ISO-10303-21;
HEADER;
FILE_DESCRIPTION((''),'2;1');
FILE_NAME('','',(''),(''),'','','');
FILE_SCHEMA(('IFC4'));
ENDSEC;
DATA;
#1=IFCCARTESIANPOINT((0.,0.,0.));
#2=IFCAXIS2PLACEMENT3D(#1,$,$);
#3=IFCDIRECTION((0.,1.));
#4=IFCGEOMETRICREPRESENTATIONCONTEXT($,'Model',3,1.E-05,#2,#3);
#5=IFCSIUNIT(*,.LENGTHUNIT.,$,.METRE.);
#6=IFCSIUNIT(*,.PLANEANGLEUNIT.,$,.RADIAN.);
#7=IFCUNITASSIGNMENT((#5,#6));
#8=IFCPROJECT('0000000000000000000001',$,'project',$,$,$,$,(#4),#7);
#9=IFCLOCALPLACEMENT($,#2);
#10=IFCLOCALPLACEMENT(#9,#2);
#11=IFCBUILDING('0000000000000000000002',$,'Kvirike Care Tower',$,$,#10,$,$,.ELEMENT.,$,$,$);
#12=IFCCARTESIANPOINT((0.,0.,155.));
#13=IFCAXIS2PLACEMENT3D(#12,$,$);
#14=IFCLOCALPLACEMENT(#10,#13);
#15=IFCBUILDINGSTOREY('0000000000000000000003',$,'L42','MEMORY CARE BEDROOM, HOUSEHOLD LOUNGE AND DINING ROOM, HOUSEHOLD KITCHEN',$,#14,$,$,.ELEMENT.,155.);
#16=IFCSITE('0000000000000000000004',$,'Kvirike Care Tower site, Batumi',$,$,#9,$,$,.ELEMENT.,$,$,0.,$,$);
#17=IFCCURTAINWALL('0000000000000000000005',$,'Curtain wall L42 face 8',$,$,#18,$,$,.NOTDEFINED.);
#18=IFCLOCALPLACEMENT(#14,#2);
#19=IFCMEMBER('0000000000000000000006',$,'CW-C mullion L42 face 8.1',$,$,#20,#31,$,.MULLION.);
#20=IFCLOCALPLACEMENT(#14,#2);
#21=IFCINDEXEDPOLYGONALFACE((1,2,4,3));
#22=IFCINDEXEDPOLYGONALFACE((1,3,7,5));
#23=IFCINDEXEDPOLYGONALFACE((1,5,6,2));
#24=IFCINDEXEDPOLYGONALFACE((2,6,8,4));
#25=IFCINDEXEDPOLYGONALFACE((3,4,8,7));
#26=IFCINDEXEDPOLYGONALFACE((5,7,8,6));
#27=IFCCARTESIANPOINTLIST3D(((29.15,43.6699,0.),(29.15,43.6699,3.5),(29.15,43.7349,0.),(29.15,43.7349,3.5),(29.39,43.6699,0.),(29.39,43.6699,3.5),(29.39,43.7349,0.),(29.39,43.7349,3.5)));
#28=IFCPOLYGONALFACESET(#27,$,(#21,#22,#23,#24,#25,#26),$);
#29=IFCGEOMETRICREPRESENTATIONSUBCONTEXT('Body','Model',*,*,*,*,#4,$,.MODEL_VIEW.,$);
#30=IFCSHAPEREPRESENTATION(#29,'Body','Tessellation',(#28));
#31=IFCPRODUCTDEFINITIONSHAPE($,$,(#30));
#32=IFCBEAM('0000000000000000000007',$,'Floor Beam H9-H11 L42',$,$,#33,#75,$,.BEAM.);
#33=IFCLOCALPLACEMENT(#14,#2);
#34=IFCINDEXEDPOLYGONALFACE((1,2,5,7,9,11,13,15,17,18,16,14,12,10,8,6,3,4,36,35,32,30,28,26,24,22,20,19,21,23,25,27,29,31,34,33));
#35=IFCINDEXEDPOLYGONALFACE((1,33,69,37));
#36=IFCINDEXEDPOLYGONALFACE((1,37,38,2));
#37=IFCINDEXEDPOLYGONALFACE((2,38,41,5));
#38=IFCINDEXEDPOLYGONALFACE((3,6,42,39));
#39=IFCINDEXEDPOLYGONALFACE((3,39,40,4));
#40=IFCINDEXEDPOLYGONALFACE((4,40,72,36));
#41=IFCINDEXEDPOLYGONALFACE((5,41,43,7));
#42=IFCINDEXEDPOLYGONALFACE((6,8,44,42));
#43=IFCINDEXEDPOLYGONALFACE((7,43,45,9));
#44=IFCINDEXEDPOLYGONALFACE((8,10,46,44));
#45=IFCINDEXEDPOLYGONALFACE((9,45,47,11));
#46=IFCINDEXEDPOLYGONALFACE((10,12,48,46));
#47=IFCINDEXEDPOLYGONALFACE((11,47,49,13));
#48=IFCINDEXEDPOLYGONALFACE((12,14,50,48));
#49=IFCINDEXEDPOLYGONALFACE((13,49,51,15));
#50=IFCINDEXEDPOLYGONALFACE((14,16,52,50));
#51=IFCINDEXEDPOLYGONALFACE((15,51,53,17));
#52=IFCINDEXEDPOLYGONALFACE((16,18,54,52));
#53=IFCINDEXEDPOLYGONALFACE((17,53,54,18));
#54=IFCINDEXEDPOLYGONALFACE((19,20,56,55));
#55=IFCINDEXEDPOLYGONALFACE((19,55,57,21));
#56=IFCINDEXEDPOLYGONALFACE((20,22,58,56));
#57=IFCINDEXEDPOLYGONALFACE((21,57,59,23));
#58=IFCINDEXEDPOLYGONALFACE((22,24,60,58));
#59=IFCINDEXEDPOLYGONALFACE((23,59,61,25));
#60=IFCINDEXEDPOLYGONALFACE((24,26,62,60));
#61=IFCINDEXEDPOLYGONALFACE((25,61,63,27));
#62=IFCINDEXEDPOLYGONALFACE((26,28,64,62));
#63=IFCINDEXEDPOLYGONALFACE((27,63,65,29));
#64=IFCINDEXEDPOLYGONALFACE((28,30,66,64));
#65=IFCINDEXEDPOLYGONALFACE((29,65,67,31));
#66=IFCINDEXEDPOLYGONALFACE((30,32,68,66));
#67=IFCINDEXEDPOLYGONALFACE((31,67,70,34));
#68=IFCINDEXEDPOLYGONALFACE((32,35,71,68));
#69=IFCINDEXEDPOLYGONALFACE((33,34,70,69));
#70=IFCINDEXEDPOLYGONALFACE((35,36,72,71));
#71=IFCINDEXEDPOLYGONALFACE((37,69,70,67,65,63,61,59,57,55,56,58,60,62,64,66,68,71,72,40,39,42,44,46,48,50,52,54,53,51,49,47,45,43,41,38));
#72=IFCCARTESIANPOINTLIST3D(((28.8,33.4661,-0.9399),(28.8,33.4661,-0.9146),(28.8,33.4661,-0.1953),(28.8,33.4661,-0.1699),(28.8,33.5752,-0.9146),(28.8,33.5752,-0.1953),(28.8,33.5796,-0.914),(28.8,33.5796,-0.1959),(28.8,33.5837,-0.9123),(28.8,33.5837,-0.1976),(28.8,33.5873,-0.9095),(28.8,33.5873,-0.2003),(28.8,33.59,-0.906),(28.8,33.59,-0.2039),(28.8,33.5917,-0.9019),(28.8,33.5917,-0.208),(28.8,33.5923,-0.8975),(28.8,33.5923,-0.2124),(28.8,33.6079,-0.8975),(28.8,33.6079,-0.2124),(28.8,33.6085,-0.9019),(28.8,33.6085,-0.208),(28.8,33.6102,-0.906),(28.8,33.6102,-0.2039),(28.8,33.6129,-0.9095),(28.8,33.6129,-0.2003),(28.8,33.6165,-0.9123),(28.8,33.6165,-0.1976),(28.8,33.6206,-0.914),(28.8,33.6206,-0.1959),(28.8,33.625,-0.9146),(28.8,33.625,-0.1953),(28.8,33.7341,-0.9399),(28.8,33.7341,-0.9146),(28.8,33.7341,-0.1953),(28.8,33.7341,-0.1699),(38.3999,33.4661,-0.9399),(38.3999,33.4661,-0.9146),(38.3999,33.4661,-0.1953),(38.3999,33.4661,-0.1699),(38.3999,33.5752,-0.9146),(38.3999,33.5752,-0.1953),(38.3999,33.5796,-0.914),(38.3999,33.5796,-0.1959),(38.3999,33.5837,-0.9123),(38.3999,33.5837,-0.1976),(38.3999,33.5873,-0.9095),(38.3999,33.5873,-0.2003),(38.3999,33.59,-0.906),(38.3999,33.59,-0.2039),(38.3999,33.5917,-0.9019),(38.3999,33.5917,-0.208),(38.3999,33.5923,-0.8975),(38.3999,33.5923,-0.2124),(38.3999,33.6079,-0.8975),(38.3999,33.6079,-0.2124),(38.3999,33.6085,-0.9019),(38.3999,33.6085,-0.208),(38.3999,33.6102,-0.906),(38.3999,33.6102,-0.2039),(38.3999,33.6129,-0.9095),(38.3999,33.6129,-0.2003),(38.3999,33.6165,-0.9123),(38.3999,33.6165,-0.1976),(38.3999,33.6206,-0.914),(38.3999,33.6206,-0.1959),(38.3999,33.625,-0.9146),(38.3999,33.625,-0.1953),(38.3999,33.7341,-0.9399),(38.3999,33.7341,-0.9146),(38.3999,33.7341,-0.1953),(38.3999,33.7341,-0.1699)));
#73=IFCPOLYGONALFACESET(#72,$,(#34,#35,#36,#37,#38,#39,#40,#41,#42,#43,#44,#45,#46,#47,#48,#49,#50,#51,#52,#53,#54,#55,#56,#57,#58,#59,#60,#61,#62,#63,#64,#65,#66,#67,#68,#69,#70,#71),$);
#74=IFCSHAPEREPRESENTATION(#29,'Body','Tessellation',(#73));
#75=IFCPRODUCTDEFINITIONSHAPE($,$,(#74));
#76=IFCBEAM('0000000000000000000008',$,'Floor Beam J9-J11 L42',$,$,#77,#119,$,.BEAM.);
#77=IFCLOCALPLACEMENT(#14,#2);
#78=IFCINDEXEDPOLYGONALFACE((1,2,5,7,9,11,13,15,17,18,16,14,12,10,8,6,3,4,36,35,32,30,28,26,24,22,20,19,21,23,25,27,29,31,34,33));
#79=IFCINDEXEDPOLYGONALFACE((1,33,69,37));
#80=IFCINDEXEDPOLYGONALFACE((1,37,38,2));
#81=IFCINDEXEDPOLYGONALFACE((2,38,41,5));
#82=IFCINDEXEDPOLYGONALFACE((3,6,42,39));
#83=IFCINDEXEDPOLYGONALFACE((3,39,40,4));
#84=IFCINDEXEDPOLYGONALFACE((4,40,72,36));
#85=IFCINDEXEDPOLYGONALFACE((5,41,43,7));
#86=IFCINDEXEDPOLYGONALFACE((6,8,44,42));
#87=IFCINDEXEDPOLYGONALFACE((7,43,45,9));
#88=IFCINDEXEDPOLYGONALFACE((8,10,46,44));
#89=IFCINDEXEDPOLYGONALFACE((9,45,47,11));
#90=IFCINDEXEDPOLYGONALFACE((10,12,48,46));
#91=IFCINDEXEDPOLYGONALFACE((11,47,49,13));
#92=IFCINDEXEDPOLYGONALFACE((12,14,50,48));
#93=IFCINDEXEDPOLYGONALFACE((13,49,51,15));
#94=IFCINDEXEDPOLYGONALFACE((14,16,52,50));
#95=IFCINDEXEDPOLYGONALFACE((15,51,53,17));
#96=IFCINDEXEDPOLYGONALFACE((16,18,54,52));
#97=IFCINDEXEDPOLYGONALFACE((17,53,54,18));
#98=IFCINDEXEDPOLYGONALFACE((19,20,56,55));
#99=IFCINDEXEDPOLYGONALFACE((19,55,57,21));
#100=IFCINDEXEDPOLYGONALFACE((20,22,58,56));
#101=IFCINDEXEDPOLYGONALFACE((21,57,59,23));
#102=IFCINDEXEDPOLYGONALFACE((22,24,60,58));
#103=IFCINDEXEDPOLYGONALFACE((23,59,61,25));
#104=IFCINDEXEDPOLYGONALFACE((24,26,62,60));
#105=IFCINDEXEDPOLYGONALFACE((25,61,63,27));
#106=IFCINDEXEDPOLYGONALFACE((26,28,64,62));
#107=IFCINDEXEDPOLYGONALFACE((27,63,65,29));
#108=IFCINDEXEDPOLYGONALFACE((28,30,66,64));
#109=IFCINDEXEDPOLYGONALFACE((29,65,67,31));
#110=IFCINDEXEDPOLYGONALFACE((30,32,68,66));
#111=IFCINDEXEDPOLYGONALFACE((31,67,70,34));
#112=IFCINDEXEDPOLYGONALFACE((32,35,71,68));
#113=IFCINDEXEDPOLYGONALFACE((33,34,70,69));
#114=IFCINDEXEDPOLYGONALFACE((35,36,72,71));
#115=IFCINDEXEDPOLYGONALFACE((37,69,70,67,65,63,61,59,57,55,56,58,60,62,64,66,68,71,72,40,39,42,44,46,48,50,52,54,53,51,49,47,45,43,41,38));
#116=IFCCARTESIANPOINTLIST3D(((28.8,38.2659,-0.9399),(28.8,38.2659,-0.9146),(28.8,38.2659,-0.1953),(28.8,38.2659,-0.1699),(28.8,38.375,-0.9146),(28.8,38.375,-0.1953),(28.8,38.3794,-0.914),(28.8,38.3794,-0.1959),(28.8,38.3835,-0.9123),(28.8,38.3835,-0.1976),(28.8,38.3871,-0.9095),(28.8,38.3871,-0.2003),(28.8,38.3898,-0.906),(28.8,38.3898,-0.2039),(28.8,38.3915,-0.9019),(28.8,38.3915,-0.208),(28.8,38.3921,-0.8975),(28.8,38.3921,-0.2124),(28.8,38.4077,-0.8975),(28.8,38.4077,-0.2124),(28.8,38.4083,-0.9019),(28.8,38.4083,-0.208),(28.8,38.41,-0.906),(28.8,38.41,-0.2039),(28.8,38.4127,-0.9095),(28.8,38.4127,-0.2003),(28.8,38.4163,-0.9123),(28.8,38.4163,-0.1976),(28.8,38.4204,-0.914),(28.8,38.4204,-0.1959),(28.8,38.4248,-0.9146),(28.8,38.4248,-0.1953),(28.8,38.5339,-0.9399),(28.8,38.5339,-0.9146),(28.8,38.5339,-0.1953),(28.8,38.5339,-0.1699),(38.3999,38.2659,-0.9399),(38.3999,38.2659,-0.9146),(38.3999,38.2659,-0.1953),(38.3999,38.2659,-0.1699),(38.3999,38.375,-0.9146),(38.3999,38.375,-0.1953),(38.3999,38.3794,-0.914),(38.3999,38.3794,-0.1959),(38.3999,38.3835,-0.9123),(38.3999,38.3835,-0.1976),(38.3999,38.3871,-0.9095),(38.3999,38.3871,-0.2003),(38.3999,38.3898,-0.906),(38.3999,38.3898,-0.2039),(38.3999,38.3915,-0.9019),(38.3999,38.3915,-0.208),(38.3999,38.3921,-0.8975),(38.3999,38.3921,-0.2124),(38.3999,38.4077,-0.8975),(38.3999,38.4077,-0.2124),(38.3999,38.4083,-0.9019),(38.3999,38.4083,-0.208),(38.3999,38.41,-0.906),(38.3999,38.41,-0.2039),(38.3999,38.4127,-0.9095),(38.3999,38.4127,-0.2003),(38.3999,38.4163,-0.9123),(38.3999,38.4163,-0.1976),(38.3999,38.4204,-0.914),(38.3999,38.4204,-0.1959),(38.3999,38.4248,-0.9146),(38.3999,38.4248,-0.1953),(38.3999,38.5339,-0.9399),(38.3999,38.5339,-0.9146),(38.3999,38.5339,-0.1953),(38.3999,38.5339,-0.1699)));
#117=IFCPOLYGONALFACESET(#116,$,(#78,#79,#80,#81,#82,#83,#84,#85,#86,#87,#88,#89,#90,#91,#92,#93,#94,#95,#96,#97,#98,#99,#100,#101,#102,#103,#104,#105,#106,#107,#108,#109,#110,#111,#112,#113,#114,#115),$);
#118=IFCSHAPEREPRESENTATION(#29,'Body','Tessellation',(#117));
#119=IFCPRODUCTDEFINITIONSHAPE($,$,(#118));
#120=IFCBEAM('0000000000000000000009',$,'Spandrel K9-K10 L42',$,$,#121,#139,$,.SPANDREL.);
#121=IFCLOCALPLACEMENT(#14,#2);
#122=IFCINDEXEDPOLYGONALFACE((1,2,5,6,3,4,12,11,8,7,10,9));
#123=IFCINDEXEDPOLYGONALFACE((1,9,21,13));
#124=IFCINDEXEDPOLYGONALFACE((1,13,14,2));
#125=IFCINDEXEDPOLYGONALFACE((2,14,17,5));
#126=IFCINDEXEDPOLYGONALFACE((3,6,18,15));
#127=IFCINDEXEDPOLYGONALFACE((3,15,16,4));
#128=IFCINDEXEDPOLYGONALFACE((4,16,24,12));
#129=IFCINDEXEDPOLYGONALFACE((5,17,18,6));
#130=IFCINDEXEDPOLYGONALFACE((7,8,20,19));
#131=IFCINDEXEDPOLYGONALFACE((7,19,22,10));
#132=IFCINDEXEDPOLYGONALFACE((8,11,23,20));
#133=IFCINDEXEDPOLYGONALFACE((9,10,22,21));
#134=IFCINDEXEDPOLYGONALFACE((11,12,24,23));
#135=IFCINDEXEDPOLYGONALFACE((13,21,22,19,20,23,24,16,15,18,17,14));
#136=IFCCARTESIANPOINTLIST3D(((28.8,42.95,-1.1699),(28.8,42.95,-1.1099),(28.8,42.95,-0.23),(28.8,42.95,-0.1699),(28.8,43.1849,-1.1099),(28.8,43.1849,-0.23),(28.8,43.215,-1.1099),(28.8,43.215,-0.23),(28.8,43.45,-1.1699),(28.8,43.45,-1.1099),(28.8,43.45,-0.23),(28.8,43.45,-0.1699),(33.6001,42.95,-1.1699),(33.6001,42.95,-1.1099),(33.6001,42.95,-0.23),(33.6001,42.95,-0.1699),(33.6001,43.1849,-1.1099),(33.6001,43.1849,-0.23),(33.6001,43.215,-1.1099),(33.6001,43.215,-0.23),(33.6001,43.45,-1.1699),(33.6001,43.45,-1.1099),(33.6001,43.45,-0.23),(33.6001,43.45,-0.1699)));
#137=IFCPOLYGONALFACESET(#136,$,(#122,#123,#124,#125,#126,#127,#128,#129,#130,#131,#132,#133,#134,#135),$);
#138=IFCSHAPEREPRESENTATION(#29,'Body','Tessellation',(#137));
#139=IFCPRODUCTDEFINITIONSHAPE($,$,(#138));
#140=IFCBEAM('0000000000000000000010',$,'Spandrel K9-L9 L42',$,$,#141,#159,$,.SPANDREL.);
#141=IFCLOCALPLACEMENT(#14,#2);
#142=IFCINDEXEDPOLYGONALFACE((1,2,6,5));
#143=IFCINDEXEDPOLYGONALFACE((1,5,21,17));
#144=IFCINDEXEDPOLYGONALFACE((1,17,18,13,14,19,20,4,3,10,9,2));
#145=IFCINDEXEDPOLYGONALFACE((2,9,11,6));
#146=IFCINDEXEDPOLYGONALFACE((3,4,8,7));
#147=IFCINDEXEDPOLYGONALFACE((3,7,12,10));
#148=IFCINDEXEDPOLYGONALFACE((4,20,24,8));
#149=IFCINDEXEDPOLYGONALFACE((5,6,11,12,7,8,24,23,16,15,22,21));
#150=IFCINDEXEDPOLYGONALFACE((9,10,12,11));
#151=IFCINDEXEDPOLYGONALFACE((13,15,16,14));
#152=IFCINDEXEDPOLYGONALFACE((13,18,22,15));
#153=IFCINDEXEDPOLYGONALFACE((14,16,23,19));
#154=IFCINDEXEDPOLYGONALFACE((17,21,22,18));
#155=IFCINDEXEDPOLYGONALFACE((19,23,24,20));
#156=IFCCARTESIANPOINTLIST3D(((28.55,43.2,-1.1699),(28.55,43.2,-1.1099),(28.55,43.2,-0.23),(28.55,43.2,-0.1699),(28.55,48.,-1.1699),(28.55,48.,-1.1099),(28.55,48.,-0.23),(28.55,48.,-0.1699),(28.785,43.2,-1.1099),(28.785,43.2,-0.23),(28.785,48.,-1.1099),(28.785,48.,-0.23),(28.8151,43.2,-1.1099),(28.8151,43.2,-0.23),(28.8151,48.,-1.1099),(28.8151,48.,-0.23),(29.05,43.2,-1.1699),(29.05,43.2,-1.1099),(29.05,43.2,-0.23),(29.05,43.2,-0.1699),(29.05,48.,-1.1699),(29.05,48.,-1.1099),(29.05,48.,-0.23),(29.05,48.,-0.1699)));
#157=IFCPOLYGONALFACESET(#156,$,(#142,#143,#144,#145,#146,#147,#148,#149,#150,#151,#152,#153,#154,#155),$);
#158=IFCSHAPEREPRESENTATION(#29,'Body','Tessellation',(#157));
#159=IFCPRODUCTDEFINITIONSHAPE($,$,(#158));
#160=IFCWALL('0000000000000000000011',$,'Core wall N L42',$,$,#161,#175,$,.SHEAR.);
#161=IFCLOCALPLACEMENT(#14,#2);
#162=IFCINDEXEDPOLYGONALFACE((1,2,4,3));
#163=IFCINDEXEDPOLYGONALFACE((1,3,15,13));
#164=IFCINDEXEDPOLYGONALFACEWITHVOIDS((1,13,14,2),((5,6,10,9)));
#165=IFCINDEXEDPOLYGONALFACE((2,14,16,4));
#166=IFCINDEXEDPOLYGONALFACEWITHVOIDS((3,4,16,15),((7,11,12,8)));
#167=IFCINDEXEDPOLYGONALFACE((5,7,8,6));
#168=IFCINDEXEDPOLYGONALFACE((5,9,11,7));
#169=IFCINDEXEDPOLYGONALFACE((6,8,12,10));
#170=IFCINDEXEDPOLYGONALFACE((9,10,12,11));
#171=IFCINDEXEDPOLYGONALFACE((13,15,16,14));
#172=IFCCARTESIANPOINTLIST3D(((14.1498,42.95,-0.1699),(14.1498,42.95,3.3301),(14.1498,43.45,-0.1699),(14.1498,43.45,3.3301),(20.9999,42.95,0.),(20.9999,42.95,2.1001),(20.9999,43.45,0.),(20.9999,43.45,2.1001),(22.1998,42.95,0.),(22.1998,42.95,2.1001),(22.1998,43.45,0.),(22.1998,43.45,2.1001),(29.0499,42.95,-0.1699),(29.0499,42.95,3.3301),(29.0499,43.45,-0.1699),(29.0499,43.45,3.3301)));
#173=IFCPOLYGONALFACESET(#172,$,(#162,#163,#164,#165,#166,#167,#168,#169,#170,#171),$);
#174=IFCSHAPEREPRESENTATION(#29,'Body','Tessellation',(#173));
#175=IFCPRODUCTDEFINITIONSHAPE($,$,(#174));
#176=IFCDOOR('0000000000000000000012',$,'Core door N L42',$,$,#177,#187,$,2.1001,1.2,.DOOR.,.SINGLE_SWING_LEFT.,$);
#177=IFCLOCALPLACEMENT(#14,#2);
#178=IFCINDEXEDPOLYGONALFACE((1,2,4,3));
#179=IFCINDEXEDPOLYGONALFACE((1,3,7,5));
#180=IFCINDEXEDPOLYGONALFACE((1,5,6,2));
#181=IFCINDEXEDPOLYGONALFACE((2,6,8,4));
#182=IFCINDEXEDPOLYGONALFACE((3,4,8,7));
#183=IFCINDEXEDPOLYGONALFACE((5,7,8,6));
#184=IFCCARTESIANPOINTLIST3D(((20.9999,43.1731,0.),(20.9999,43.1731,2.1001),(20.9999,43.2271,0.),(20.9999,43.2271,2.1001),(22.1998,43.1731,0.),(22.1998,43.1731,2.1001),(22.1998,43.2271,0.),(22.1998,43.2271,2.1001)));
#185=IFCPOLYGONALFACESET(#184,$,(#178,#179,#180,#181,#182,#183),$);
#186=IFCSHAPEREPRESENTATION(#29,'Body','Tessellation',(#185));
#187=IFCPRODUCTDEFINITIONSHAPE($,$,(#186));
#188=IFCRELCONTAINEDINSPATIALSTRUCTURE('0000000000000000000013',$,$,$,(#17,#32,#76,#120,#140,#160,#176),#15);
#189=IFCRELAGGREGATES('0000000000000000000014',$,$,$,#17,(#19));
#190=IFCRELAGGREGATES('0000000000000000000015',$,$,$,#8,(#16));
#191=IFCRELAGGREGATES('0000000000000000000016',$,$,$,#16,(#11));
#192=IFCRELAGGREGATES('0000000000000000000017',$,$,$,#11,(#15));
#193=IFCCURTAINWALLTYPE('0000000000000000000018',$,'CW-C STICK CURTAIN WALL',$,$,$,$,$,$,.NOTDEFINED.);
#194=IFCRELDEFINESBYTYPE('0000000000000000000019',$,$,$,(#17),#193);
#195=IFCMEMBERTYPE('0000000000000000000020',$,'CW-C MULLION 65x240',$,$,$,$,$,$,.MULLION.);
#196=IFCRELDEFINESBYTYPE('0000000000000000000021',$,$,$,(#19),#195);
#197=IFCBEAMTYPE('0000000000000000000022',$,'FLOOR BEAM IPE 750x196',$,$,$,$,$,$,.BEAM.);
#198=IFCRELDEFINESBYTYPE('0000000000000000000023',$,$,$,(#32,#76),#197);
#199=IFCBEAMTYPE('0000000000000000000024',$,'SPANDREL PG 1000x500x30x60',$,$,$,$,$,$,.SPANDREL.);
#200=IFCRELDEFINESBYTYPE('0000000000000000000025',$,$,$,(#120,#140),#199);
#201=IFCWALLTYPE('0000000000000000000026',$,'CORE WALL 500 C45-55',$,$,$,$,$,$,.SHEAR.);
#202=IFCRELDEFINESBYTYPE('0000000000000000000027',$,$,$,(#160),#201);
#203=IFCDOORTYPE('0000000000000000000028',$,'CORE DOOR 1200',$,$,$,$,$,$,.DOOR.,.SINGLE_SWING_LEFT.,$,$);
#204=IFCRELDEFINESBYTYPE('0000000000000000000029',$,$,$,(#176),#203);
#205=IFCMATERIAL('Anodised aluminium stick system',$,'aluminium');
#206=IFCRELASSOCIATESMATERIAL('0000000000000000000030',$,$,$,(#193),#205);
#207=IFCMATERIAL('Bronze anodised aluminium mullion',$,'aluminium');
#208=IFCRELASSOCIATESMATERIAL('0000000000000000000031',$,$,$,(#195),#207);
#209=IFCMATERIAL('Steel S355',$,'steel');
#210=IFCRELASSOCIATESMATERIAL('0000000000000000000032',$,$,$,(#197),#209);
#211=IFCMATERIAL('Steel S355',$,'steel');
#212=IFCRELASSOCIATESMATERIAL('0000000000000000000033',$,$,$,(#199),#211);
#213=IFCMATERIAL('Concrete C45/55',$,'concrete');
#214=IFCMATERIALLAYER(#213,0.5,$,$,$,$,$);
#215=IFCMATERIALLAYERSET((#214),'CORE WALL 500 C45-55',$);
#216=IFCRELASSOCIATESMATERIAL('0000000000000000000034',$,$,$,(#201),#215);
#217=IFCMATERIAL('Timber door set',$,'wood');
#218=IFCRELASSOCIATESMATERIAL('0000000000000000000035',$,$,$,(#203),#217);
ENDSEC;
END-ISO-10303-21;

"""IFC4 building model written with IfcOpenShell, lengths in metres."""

from ifc_helpers import new_model, si_unit, direction, frame, frame_2d, origin, origin_2d, place, context, subcontext, project, spatial, rectangle, i_section, extrude, material, layer, layer_set, material_profile, profile_set, type_object, element, fill, aggregate, save


model = new_model("IFC4")

# Units and contexts
model_context = context("Model", 3, precision=1e-05, world=origin(), true_north=direction((0.0, 1.0)))
body_context = subcontext(model_context, "Body", "Model", "MODEL_VIEW")
ifc_project = project(units=[si_unit("LENGTHUNIT", "METRE"), si_unit("PLANEANGLEUNIT", "RADIAN")], contexts=[model_context])

# Site, building, storey
site_placement = place(None, origin())
site = spatial("IfcSite", under=ifc_project, at=site_placement, Name="Kvirike Care Tower site, Batumi", CompositionType="ELEMENT", RefElevation=0.0)
building_placement = place(site_placement, origin())
building = spatial("IfcBuilding", under=site, at=building_placement, Name="Kvirike Care Tower", CompositionType="ELEMENT")
storey_placement = place(building_placement, frame((0.0, 0.0, 155.0)))
storey = spatial("IfcBuildingStorey", under=building, at=storey_placement, Name="L42", Description="MEMORY CARE BEDROOM, HOUSEHOLD LOUNGE AND DINING ROOM, HOUSEHOLD KITCHEN", CompositionType="ELEMENT", Elevation=155.0)

# Curtain wall, member
ifc_material_1 = material(Name="Anodised aluminium stick system", Category="aluminium")
curtain_wall_type = type_object("IfcCurtainWallType", Name="CW-C STICK CURTAIN WALL", PredefinedType="NOTDEFINED", material=ifc_material_1)
curtain_wall_placement = place(storey_placement, origin())
curtain_wall = element("IfcCurtainWall", 1, at=curtain_wall_placement, inside=storey, type_object=curtain_wall_type, Name="Curtain wall L42 face 8", PredefinedType="NOTDEFINED")
ifc_material_2 = material(Name="Bronze anodised aluminium mullion", Category="aluminium")
ifc_material_profile_1 = material_profile(ifc_material_2, rectangle(XDim=0.0649, YDim=0.24, at=origin_2d()), Name="CW-C MULLION 65x240")
ifc_profile_set_1 = profile_set([ifc_material_profile_1], Name="Bronze anodised aluminium mullion")
member_type = type_object("IfcMemberType", Name="CW-C MULLION 65x240", PredefinedType="MULLION", material=ifc_profile_set_1)
member_placement = place(storey_placement, frame((29.27, 43.7024, 0.0), z_axis=(0.0, 0.0, 1.0), x_axis=(0.0, 1.0, 0.0)))
member = element("IfcMember", 2, at=member_placement, type_object=member_type, Name="CW-C mullion L42 face 8.1", PredefinedType="MULLION", context=body_context, shape_type="SweptSolid", body=[
    extrude(rectangle(XDim=0.0649, YDim=0.24, at=origin_2d()), origin(), (0.0, 0.0, 1.0), 3.5),
])
aggregate(curtain_wall, [member])

# Beams
ifc_material_3 = material(Name="Steel S355", Category="steel")
ifc_material_profile_2 = material_profile(ifc_material_3, i_section(OverallWidth=0.2681, OverallDepth=0.77, WebThickness=0.0156, FlangeThickness=0.0254, FilletRadius=0.0171, at=origin_2d()), Name="IPE 750x196")
ifc_profile_set_2 = profile_set([ifc_material_profile_2], Name="Steel S355")
beam_type_1 = type_object("IfcBeamType", Name="FLOOR BEAM IPE 750x196", PredefinedType="BEAM", material=ifc_profile_set_2)
for number, where, z_axis, x_axis, name in (
    (3, (28.8, 33.6001, -0.5549), (1.0, 0.0, 0.0), (0.0, 1.0, 0.0), "Floor Beam H9-H11 L42"),
    (4, (28.8, 38.3999, -0.5549), (1.0, 0.0, 0.0), (0.0, 1.0, 0.0), "Floor Beam J9-J11 L42"),
):
    element("IfcBeam", number, at=place(storey_placement, frame(where, z_axis=z_axis, x_axis=x_axis)), inside=storey, type_object=beam_type_1, Name=name, PredefinedType="BEAM", context=body_context, shape_type="SweptSolid", body=[
        extrude(i_section(OverallWidth=0.2681, OverallDepth=0.77, WebThickness=0.0156, FlangeThickness=0.0254, FilletRadius=0.0171, at=origin_2d()), origin(), (0.0, 0.0, 1.0), 9.5999),
    ])
ifc_material_4 = material(Name="Steel S355", Category="steel")
ifc_material_profile_3 = material_profile(ifc_material_4, i_section(OverallWidth=0.5, OverallDepth=1.0, WebThickness=0.03, FlangeThickness=0.0601, at=origin_2d()), Name="PG 1000x500x30x60")
ifc_profile_set_3 = profile_set([ifc_material_profile_3], Name="Steel S355")
beam_type_2 = type_object("IfcBeamType", Name="SPANDREL PG 1000x500x30x60", PredefinedType="SPANDREL", material=ifc_profile_set_3)
for number, where, z_axis, x_axis, name in (
    (5, (28.8, 43.2, -0.6699), (1.0, 0.0, 0.0), (0.0, 1.0, 0.0), "Spandrel K9-K10 L42"),
    (6, (28.8, 43.2, -0.6699), (0.0, 1.0, 0.0), (-1.0, 0.0, 0.0), "Spandrel K9-L9 L42"),
):
    element("IfcBeam", number, at=place(storey_placement, frame(where, z_axis=z_axis, x_axis=x_axis)), inside=storey, type_object=beam_type_2, Name=name, PredefinedType="SPANDREL", context=body_context, shape_type="SweptSolid", body=[
        extrude(i_section(OverallWidth=0.5, OverallDepth=1.0, WebThickness=0.03, FlangeThickness=0.0601, at=origin_2d()), origin(), (0.0, 0.0, 1.0), 4.8),
    ])

# Wall, opening, door
ifc_material_5 = material(Name="Concrete C45/55", Category="concrete")
ifc_layer_1 = layer(ifc_material_5, 0.5)
ifc_layer_set_1 = layer_set([ifc_layer_1], Name="CORE WALL 500 C45-55")
wall_type_1 = type_object("IfcWallType", Name="CORE WALL 500 C45-55", PredefinedType="SHEAR", material=ifc_layer_set_1)
wall_1_placement = place(storey_placement, frame((29.05, 43.2, -0.1699), z_axis=(0.0, 0.0, 1.0), x_axis=(-1.0, 0.0, 0.0)))
wall_1 = element("IfcWall", 7, at=wall_1_placement, inside=storey, type_object=wall_type_1, Name="Core wall N L42", PredefinedType="SHEAR", context=body_context, shape_type="SweptSolid", body=[
    extrude(rectangle(XDim=14.9001, YDim=0.5, at=frame_2d((7.4502, 0.0))), origin(), (0.0, 0.0, 1.0), 3.5),
])
opening_1_placement = place(wall_1_placement, frame((6.8501, 0.0, 0.1699)))
opening_1 = element("IfcOpeningElement", 8, at=opening_1_placement, cuts=wall_1, PredefinedType="OPENING", context=body_context, shape_type="SweptSolid", body=[
    extrude(rectangle(XDim=1.2, YDim=2.1001, at=frame_2d((0.6001, 1.05))), frame((0.0, 0.2605, 0.0), z_axis=(0.0, -1.0, 0.0), x_axis=(1.0, 0.0, 0.0)), (0.0, 0.0, 1.0), 0.521),
])
ifc_material_6 = material(Name="Timber door set", Category="wood")
door_type_1 = type_object("IfcDoorType", Name="CORE DOOR 1200", OperationType="SINGLE_SWING_LEFT", PredefinedType="DOOR", material=ifc_material_6)
door_1_placement = place(opening_1_placement, origin())
door_1 = element("IfcDoor", 9, at=door_1_placement, inside=storey, type_object=door_type_1, Name="Core door N L42", OperationType="SINGLE_SWING_LEFT", OverallHeight=2.1001, OverallWidth=1.2, PredefinedType="DOOR", context=body_context, shape_type="SweptSolid", body=[
    extrude(rectangle(XDim=1.2, YDim=2.1001, at=frame_2d((0.6001, 1.05))), frame((0.0, 0.0269, 0.0), z_axis=(0.0, -1.0, 0.0), x_axis=(1.0, 0.0, 0.0)), (0.0, 0.0, 1.0), 0.054),
])
fill(opening_1, door_1)

save(model, "model.ifc")
